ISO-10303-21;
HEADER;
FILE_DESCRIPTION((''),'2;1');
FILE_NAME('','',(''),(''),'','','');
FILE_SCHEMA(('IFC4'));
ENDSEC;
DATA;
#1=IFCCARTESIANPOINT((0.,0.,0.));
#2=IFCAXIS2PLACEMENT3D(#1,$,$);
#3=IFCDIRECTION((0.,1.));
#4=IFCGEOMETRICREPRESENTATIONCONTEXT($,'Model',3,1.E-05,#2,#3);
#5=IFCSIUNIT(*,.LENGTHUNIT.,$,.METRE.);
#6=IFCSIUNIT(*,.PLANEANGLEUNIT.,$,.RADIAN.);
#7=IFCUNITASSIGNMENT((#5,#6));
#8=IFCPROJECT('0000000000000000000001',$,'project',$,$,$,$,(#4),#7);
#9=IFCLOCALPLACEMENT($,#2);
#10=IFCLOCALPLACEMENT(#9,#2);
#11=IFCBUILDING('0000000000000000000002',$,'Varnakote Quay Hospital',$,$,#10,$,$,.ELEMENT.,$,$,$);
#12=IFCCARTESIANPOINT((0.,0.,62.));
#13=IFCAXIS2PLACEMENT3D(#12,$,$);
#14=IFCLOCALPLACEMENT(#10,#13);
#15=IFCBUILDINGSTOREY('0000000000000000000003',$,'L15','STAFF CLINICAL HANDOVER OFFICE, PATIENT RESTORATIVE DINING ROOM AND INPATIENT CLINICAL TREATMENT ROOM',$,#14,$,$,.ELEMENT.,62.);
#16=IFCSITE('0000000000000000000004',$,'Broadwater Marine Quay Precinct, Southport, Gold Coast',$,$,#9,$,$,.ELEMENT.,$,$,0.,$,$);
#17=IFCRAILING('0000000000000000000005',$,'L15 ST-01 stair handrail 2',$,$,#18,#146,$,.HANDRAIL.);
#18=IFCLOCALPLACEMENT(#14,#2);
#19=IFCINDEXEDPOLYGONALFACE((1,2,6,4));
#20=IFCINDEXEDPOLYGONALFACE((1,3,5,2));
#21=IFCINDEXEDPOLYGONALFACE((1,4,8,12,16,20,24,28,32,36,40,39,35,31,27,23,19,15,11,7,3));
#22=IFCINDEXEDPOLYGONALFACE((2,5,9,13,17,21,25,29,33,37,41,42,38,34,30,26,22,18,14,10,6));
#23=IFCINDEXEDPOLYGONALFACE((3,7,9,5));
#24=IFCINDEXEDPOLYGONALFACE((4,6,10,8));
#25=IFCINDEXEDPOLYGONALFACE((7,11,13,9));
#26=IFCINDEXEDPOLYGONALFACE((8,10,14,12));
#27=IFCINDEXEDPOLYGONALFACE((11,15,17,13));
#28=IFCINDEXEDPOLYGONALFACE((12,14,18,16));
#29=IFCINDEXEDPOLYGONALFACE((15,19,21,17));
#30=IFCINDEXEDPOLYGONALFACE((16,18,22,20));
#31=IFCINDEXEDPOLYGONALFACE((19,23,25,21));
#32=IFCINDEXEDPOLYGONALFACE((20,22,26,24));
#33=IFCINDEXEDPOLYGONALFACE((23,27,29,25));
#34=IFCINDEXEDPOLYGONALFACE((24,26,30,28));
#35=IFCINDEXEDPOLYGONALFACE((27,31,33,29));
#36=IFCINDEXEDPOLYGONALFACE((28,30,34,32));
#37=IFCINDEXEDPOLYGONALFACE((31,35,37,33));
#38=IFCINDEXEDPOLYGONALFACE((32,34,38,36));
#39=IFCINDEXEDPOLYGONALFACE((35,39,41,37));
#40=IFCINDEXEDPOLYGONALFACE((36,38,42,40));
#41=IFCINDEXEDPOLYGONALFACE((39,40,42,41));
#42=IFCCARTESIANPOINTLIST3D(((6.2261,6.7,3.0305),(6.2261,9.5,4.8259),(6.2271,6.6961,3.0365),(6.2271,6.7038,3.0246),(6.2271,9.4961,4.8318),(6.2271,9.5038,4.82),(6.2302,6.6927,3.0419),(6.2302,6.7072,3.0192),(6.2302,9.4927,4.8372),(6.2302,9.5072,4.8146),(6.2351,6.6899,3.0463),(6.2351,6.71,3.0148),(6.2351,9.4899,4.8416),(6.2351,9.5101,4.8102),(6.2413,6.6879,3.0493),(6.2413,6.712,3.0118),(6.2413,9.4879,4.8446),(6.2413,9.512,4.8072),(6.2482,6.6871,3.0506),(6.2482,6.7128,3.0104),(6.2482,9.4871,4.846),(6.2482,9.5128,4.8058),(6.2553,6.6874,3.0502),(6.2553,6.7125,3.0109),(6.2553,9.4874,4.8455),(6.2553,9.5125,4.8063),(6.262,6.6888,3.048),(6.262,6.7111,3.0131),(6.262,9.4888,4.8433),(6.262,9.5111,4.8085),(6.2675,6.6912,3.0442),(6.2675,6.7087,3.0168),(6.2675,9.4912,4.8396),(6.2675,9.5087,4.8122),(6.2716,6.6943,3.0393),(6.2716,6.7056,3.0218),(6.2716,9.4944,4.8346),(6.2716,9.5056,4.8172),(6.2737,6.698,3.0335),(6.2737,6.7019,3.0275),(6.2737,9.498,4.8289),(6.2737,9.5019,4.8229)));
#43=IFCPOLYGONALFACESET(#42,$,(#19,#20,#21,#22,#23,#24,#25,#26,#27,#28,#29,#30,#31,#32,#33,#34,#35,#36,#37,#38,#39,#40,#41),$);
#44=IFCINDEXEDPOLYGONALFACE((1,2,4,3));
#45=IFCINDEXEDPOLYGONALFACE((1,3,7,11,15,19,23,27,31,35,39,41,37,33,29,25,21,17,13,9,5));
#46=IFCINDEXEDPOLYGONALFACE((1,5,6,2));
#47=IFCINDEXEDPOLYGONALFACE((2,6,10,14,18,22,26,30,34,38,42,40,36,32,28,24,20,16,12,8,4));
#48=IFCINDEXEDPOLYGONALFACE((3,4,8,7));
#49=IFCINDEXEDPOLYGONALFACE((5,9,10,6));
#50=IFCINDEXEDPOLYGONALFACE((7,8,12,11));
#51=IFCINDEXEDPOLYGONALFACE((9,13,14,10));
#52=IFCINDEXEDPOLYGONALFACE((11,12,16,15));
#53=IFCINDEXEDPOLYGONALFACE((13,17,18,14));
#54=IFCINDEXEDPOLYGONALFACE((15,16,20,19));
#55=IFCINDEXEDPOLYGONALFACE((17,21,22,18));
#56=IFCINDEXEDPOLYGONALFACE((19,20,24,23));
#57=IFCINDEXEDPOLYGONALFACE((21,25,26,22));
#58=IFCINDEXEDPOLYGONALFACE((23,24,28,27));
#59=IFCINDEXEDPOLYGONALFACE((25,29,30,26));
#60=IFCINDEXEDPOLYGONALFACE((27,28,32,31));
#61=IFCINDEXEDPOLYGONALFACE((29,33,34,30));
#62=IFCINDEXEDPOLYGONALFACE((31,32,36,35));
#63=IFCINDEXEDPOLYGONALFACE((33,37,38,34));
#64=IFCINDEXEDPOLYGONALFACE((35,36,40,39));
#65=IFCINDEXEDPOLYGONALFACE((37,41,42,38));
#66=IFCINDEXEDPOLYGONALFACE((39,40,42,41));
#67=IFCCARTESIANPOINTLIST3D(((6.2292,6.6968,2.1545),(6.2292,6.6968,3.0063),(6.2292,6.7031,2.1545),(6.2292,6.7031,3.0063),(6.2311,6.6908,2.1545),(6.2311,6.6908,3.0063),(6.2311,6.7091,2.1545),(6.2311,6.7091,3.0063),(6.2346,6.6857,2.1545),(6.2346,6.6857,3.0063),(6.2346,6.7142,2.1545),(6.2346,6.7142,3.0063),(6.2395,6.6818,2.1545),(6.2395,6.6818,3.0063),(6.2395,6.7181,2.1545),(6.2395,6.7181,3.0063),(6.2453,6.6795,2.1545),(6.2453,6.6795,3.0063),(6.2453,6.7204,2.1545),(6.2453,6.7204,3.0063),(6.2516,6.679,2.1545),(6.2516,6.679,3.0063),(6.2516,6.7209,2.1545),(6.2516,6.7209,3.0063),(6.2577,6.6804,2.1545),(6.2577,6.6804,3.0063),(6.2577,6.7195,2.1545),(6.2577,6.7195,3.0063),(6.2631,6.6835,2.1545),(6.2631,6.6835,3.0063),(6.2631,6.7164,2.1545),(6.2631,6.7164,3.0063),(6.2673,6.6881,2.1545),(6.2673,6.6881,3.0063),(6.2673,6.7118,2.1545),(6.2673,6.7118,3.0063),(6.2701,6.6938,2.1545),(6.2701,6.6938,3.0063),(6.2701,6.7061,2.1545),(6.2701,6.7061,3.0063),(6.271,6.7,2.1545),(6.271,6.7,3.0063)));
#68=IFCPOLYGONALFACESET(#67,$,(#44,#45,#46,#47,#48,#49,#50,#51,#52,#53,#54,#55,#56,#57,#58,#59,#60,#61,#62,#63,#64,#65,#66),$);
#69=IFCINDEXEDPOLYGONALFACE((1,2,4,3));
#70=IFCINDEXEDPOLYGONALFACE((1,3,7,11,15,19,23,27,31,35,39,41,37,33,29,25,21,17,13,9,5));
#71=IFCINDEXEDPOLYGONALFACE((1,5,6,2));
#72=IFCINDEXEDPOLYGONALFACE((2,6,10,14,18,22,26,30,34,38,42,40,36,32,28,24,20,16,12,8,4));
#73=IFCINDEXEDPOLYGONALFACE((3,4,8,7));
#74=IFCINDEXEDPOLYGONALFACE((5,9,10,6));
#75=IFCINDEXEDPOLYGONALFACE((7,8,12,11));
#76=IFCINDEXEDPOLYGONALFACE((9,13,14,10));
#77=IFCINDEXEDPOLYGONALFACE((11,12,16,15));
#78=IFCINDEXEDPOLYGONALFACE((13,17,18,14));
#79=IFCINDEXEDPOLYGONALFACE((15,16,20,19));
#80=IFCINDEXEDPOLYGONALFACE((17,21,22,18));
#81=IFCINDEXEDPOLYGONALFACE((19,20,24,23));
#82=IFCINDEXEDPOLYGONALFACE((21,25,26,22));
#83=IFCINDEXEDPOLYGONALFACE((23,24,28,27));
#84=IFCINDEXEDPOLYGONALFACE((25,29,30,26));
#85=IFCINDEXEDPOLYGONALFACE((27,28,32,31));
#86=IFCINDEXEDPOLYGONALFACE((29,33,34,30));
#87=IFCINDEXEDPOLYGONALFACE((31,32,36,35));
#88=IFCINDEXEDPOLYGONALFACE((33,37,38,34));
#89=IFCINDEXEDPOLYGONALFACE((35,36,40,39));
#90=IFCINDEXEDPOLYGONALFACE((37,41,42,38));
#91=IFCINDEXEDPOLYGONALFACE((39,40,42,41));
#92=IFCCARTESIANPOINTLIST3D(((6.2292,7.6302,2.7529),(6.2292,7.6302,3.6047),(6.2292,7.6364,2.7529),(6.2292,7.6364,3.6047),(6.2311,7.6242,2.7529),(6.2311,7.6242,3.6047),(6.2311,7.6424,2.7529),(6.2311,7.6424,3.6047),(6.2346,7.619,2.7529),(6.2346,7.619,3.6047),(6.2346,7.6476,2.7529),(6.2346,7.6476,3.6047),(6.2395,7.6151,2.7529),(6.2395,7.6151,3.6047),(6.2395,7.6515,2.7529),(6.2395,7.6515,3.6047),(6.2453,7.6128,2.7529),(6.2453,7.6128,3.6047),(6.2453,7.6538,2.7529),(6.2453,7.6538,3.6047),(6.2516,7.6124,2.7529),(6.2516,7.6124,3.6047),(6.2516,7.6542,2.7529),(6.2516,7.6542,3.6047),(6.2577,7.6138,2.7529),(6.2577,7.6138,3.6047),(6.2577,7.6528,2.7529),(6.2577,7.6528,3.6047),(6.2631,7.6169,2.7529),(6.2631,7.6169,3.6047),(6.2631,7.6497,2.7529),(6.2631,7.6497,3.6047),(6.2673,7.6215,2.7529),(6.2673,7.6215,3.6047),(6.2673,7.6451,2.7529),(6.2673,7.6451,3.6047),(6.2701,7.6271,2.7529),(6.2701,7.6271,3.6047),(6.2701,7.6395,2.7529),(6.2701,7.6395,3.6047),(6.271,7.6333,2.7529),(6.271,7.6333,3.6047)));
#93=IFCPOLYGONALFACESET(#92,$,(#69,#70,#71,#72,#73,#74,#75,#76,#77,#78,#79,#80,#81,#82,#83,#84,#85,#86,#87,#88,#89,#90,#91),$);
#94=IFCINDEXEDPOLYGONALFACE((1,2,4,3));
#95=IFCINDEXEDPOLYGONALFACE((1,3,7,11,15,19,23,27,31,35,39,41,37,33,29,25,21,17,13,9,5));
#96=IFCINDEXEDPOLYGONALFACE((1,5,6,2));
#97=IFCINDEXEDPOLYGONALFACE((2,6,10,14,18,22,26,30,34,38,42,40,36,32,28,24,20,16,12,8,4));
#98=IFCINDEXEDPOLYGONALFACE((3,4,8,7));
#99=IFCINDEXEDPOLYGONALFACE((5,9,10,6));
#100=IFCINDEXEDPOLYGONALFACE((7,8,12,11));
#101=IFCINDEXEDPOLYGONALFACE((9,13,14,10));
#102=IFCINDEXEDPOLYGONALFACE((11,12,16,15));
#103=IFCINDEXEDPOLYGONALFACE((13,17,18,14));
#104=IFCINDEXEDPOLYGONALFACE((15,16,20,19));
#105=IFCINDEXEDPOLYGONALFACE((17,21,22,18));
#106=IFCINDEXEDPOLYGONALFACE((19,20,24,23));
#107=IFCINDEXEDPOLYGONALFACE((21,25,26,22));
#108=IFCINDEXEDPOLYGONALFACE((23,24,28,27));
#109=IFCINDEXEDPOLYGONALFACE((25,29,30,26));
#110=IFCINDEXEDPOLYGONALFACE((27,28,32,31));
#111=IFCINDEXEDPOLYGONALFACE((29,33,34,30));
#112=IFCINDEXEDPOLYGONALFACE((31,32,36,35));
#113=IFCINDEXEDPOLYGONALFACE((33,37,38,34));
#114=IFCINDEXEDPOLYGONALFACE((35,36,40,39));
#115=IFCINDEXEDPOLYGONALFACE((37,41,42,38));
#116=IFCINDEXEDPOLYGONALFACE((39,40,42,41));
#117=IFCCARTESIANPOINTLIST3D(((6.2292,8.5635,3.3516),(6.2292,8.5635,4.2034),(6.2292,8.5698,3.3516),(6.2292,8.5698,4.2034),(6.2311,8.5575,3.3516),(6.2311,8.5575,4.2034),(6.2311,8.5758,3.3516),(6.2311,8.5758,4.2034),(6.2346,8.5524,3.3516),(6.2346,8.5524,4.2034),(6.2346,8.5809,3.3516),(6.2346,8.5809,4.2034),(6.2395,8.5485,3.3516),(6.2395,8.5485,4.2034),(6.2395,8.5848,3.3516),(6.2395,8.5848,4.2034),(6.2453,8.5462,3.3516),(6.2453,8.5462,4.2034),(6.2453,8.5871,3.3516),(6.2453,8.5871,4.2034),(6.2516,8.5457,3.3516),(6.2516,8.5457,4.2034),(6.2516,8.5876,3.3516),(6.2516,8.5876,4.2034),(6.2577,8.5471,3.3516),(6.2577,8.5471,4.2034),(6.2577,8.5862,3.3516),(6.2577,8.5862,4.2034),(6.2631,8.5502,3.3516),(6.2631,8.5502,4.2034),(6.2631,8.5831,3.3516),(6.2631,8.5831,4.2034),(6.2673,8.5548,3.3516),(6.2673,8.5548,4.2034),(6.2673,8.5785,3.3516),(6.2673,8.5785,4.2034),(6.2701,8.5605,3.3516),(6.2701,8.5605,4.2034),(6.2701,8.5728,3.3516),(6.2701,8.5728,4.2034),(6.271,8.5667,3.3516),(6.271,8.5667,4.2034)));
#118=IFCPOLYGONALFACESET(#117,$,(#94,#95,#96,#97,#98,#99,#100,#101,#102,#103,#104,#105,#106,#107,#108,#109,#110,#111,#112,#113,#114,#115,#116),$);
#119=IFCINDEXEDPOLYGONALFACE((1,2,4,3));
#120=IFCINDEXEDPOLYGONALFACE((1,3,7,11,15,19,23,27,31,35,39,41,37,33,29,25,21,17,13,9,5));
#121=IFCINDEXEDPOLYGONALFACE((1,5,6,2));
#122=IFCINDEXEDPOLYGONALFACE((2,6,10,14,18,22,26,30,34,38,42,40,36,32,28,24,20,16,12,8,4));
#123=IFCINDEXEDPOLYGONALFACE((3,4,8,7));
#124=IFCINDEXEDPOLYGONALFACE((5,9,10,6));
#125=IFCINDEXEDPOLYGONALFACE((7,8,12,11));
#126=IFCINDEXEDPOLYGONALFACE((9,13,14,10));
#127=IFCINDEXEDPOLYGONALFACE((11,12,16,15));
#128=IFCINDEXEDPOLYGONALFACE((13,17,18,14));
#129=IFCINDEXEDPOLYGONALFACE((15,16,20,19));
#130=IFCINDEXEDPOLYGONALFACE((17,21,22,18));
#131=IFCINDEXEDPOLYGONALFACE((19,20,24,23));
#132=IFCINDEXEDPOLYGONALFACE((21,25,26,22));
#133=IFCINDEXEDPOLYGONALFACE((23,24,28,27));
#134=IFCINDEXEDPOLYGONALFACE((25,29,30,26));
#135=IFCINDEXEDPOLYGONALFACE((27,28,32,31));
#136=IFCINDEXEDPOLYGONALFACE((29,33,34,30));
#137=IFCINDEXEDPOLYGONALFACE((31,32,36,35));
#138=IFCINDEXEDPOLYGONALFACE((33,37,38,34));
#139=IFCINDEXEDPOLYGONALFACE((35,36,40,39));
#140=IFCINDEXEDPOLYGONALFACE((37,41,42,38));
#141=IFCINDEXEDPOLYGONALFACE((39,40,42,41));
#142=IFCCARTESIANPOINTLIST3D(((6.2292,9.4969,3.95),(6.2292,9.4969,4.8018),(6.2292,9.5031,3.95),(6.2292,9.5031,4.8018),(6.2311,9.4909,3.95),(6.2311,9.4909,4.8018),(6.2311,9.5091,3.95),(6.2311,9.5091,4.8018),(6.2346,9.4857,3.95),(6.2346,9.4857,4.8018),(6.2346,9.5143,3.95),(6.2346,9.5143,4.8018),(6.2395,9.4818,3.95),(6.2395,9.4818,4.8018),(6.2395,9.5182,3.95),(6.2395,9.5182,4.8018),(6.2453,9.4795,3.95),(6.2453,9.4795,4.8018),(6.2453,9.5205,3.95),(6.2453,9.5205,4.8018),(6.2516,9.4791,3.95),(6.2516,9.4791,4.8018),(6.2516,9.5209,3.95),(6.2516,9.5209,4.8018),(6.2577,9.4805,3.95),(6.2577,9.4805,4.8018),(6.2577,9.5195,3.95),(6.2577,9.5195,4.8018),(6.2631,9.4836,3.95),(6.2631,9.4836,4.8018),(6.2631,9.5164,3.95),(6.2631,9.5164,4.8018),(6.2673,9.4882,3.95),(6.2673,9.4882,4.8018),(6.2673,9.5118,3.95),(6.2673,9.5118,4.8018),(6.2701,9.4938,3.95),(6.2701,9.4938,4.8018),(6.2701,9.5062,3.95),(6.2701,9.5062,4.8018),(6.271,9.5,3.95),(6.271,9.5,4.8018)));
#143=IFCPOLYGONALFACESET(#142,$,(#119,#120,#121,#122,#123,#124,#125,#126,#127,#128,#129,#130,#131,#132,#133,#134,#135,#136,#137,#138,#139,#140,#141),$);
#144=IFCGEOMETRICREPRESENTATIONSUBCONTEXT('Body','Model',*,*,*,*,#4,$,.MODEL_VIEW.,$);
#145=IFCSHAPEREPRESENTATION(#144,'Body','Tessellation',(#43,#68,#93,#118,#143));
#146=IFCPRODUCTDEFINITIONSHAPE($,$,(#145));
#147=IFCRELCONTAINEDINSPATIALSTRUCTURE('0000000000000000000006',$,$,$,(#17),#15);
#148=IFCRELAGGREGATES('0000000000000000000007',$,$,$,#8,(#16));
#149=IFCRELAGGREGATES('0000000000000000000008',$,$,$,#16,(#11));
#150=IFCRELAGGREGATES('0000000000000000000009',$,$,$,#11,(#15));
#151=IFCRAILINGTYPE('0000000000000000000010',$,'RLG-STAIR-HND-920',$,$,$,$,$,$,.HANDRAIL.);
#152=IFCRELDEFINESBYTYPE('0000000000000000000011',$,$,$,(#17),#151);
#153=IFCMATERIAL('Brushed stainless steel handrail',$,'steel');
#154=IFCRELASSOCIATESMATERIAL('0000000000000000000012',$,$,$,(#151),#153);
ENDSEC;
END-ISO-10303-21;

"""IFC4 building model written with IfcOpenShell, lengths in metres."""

from ifc_helpers import new_model, si_unit, direction, frame, origin, origin_2d, place, context, subcontext, project, spatial, circle, extrude, material, type_object, element, save


model = new_model("IFC4")

# Units and contexts
model_context = context("Model", 3, precision=1e-05, world=origin(), true_north=direction((0.0, 1.0)))
body_context = subcontext(model_context, "Body", "Model", "MODEL_VIEW")
ifc_project = project(units=[si_unit("LENGTHUNIT", "METRE"), si_unit("PLANEANGLEUNIT", "RADIAN")], contexts=[model_context])

# Site, building, storey
site_placement = place(None, origin())
site = spatial("IfcSite", under=ifc_project, at=site_placement, Name="Broadwater Marine Quay Precinct, Southport, Gold Coast", CompositionType="ELEMENT", RefElevation=0.0)
building_placement = place(site_placement, origin())
building = spatial("IfcBuilding", under=site, at=building_placement, Name="Varnakote Quay Hospital", CompositionType="ELEMENT")
storey_placement = place(building_placement, frame((0.0, 0.0, 62.0)))
storey = spatial("IfcBuildingStorey", under=building, at=storey_placement, Name="L15", Description="STAFF CLINICAL HANDOVER OFFICE, PATIENT RESTORATIVE DINING ROOM AND INPATIENT CLINICAL TREATMENT ROOM", CompositionType="ELEMENT", Elevation=62.0)

# Railing
ifc_material_1 = material(Name="Brushed stainless steel handrail", Category="steel")
railing_type_1 = type_object("IfcRailingType", Name="RLG-STAIR-HND-920", PredefinedType="HANDRAIL", material=ifc_material_1)
railing_1_placement = place(storey_placement, frame((6.25, 6.7, 2.1545)))
element("IfcRailing", 1, at=railing_1_placement, inside=storey, type_object=railing_type_1, Name="L15 ST-01 stair handrail 2", PredefinedType="HANDRAIL", context=body_context, shape_type="SweptSolid", body=[
    extrude(circle(Radius=0.0239, at=origin_2d()), frame((0.0, 0.0, 0.876), z_axis=(0.0, 0.84181, 0.539774), x_axis=(-1.0, 0.0, 0.0)), (0.0, 0.0, 1.0), 3.3262),
    extrude(circle(Radius=0.021, at=origin_2d()), origin(), (0.0, 0.0, 1.0), 0.8518),
    extrude(circle(Radius=0.021, at=origin_2d()), frame((0.0, 0.9333, 0.5984)), (0.0, 0.0, 1.0), 0.8518),
    extrude(circle(Radius=0.021, at=origin_2d()), frame((0.0, 1.8667, 1.197)), (0.0, 0.0, 1.0), 0.8518),
    extrude(circle(Radius=0.021, at=origin_2d()), frame((0.0, 2.8, 1.7954)), (0.0, 0.0, 1.0), 0.8518),
])

save(model, "model.ifc")
